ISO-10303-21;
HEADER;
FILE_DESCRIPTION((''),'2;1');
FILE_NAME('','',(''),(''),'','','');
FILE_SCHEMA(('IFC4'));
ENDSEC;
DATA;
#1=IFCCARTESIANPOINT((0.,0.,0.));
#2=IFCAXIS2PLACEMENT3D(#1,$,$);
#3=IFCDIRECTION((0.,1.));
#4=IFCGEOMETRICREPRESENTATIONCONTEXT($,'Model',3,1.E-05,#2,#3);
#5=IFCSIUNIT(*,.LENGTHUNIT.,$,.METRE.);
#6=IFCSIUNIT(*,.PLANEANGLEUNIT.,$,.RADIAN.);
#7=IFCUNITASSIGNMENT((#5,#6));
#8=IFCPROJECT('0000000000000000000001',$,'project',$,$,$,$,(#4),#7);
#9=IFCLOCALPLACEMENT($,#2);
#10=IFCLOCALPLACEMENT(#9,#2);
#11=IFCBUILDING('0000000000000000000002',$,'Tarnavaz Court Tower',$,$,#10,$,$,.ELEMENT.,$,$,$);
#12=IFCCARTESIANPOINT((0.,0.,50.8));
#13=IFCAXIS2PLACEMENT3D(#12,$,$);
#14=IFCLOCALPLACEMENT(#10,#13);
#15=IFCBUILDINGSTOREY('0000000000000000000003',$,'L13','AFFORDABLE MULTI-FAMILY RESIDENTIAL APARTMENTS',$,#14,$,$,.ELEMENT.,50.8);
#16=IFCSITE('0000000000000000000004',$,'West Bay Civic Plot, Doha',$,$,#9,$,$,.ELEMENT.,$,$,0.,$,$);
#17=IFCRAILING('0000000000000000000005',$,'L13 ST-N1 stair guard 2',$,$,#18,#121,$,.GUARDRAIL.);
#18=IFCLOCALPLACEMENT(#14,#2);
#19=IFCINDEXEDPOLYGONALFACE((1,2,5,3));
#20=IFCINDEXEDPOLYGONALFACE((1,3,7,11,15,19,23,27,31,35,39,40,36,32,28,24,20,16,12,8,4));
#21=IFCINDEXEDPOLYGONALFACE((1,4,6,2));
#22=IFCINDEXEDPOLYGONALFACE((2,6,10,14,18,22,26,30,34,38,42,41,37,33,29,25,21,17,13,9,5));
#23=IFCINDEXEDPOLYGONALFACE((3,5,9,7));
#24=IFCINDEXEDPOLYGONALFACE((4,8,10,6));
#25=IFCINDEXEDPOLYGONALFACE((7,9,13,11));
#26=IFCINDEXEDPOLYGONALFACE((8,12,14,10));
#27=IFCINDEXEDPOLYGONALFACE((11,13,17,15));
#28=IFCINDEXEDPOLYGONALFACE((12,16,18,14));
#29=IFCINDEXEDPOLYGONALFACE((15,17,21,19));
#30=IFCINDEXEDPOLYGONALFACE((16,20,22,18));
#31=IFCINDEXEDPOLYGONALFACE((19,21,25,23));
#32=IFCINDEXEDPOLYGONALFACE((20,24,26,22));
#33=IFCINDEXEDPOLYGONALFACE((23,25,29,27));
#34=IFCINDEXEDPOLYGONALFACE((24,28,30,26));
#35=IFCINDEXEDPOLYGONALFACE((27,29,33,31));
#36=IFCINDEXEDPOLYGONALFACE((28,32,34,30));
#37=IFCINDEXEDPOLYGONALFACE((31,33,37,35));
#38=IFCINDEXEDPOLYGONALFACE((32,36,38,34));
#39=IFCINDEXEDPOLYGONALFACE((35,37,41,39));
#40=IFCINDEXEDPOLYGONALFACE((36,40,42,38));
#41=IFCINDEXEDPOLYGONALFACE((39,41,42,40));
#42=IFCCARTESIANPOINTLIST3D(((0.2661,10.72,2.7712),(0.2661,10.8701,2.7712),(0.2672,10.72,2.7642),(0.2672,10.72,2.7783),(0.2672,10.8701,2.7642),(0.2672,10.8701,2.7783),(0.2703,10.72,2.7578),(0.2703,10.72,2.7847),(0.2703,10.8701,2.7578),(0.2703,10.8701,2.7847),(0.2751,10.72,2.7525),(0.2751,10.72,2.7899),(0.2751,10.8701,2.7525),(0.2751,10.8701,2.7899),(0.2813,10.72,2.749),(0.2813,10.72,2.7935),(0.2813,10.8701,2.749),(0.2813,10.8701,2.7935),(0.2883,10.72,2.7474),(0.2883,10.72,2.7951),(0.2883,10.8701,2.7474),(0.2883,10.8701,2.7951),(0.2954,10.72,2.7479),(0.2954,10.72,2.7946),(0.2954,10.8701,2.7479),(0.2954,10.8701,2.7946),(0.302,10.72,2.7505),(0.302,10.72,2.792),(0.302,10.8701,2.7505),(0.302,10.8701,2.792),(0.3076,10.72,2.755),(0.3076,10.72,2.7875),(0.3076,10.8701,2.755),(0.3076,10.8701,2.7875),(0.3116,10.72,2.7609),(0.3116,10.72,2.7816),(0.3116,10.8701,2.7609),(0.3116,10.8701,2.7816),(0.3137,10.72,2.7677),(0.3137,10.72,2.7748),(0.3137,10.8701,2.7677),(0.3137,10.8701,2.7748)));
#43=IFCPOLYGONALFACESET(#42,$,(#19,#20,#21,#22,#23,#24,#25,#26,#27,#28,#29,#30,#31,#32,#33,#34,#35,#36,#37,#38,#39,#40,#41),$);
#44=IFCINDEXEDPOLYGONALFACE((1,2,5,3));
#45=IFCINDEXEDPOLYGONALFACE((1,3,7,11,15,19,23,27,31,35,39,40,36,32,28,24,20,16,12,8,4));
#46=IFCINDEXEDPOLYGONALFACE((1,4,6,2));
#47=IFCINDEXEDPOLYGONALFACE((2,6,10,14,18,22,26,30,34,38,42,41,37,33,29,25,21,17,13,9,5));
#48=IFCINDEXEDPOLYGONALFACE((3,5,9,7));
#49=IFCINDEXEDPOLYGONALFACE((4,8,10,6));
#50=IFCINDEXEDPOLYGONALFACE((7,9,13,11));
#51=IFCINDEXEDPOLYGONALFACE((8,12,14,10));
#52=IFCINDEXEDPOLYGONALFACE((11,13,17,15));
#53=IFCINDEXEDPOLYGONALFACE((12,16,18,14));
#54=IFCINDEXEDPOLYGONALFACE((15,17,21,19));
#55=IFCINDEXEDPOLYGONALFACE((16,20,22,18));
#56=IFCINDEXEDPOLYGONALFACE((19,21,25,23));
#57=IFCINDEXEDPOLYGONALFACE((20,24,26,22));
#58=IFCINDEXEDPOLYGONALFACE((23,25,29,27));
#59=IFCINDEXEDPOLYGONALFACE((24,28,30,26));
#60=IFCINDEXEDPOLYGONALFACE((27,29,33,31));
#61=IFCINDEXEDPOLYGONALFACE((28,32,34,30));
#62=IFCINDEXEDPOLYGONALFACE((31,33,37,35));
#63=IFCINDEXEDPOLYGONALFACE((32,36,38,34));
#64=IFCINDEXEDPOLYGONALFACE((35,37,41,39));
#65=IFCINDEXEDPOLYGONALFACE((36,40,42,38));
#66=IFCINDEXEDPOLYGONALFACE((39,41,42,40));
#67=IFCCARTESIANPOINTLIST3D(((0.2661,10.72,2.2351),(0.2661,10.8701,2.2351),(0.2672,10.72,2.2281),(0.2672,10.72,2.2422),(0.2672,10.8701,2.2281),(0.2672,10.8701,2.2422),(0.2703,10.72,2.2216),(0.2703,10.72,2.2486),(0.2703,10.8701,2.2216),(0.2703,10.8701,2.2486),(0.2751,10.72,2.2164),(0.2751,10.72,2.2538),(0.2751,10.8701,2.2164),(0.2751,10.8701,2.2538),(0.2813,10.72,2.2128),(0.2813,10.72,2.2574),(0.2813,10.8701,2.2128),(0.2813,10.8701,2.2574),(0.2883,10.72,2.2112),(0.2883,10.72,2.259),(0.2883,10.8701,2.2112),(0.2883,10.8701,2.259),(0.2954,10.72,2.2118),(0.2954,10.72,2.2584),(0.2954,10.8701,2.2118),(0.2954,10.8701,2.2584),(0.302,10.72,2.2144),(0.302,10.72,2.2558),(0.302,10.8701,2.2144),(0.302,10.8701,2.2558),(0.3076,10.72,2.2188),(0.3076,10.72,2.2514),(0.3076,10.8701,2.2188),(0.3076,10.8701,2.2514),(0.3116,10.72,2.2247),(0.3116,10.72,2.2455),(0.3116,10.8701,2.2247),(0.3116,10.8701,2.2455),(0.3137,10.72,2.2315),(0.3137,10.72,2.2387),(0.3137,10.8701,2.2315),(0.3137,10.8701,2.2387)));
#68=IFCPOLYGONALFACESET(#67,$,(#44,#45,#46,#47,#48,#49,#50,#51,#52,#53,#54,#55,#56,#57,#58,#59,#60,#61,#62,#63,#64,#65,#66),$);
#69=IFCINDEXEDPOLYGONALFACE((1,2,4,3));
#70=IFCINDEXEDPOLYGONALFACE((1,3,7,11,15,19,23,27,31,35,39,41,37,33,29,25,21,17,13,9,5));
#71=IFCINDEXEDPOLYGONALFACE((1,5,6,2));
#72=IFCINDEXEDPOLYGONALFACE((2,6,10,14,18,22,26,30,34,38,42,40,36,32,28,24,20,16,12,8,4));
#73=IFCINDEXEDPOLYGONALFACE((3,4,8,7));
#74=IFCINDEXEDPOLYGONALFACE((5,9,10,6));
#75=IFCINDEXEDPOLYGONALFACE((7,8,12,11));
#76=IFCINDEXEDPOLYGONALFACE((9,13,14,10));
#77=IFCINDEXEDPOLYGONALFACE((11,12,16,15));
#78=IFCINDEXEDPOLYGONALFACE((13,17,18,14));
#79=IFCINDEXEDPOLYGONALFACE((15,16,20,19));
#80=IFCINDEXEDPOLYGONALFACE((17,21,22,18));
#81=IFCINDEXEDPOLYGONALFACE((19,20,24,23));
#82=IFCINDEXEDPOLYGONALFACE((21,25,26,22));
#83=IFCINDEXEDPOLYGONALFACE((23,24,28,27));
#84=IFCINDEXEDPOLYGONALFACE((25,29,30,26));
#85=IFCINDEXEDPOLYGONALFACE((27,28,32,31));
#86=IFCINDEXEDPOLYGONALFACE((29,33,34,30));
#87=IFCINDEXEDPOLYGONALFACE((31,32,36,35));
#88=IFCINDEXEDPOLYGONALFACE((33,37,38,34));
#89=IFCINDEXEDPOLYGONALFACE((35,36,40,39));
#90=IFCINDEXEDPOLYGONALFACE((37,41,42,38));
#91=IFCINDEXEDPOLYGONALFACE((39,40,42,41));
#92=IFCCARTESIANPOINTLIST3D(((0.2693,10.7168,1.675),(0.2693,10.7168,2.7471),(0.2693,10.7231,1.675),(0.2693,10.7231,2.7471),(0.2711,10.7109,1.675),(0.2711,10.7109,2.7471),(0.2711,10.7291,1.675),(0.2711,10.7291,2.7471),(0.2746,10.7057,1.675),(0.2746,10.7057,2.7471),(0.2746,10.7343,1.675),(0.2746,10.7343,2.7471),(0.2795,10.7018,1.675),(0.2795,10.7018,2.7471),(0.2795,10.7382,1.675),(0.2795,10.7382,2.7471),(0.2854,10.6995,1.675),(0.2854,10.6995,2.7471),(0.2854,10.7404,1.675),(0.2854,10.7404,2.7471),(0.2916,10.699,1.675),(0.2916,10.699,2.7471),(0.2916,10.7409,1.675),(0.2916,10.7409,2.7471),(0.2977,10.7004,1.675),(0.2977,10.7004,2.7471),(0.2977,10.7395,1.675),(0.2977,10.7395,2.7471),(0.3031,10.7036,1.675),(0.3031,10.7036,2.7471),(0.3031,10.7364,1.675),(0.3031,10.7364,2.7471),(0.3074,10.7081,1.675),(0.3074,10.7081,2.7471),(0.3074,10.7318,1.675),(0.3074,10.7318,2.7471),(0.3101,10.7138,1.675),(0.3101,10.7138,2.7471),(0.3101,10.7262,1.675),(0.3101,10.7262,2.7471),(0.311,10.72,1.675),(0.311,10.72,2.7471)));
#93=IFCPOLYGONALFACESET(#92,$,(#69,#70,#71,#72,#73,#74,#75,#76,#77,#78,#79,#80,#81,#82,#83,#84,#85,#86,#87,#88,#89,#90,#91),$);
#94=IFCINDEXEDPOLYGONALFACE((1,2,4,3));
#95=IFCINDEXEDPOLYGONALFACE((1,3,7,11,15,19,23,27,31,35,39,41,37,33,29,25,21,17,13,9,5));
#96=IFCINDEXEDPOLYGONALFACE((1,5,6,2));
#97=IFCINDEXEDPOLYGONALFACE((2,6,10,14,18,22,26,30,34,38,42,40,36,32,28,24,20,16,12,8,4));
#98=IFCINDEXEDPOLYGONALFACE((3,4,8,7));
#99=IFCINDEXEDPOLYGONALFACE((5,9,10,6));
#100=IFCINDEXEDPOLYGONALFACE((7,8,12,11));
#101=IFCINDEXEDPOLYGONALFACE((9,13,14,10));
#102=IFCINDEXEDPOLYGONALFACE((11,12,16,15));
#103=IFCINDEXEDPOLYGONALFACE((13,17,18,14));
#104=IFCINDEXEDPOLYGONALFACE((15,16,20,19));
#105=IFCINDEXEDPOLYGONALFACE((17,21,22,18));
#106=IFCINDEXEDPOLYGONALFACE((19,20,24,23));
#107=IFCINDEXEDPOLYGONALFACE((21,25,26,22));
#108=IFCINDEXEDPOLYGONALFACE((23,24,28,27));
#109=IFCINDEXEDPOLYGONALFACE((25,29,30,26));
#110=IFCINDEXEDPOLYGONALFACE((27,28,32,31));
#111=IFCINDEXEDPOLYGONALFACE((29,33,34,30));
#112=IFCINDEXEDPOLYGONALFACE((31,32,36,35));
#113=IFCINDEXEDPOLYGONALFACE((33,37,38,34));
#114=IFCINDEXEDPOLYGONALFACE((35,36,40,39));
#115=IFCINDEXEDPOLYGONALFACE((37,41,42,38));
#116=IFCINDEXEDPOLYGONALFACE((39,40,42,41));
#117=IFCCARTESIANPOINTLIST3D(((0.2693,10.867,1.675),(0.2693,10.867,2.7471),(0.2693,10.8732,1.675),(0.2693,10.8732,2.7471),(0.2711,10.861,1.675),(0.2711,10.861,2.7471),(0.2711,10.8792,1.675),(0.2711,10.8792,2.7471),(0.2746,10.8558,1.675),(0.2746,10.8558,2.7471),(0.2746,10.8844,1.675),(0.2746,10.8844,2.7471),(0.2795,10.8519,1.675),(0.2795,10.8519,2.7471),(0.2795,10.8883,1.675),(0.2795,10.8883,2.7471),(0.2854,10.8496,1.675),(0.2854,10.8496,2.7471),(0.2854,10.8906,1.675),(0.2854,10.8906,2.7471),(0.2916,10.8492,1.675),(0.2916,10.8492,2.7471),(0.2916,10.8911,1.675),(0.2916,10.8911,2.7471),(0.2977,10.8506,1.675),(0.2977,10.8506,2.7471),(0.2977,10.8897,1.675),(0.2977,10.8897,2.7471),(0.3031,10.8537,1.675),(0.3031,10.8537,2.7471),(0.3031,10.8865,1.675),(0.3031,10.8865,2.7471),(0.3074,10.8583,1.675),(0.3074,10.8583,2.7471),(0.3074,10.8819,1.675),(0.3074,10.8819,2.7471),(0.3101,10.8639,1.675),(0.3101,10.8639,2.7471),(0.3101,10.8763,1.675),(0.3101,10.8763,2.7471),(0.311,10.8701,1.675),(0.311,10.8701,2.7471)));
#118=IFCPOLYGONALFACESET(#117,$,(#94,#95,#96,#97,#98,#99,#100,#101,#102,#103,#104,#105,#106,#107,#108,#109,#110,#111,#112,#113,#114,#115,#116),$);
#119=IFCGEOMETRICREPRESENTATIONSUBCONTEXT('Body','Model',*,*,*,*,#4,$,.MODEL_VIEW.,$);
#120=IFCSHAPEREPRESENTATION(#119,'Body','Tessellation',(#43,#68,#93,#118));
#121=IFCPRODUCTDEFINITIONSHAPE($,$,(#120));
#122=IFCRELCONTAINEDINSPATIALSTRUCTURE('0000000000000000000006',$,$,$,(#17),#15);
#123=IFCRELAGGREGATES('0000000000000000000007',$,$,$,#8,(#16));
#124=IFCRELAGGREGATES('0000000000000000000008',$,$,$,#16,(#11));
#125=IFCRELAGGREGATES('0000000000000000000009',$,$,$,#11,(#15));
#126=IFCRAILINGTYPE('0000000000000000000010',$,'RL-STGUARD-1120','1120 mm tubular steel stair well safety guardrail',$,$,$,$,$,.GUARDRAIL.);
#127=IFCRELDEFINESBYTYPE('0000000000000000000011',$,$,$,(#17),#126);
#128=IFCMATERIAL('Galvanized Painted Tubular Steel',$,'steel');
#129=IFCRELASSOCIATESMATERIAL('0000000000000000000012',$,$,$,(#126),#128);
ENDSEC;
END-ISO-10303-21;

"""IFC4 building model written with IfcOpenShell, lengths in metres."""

from ifc_helpers import new_model, si_unit, direction, frame, origin, origin_2d, place, context, subcontext, project, spatial, circle, extrude, material, type_object, element, save


model = new_model("IFC4")

# Units and contexts
model_context = context("Model", 3, precision=1e-05, world=origin(), true_north=direction((0.0, 1.0)))
body_context = subcontext(model_context, "Body", "Model", "MODEL_VIEW")
ifc_project = project(units=[si_unit("LENGTHUNIT", "METRE"), si_unit("PLANEANGLEUNIT", "RADIAN")], contexts=[model_context])

# Site, building, storey
site_placement = place(None, origin())
site = spatial("IfcSite", under=ifc_project, at=site_placement, Name="West Bay Civic Plot, Doha", CompositionType="ELEMENT", RefElevation=0.0)
building_placement = place(site_placement, origin())
building = spatial("IfcBuilding", under=site, at=building_placement, Name="Tarnavaz Court Tower", CompositionType="ELEMENT")
storey_placement = place(building_placement, frame((0.0, 0.0, 50.8)))
storey = spatial("IfcBuildingStorey", under=building, at=storey_placement, Name="L13", Description="AFFORDABLE MULTI-FAMILY RESIDENTIAL APARTMENTS", CompositionType="ELEMENT", Elevation=50.8)

# Railing
ifc_material_1 = material(Name="Galvanized Painted Tubular Steel", Category="steel")
railing_type_1 = type_object("IfcRailingType", Name="RL-STGUARD-1120", Description="1120 mm tubular steel stair well safety guardrail", PredefinedType="GUARDRAIL", material=ifc_material_1)
railing_1_placement = place(storey_placement, frame((0.29, 10.72, 1.675)))
element("IfcRailing", 1, at=railing_1_placement, inside=storey, type_object=railing_type_1, Name="L13 ST-N1 stair guard 2", PredefinedType="GUARDRAIL", context=body_context, shape_type="SweptSolid", body=[
    extrude(circle(Radius=0.0239, at=origin_2d()), frame((0.0, 0.0, 1.0962), z_axis=(0.0, 1.0, 0.0), x_axis=(-1.0, 0.0, 0.0)), (0.0, 0.0, 1.0), 0.1501),
    extrude(circle(Radius=0.0239, at=origin_2d()), frame((0.0, 0.0, 0.5601), z_axis=(0.0, 1.0, 0.0), x_axis=(-1.0, 0.0, 0.0)), (0.0, 0.0, 1.0), 0.1501),
    extrude(circle(Radius=0.021, at=origin_2d()), origin(), (0.0, 0.0, 1.0), 1.072),
    extrude(circle(Radius=0.021, at=origin_2d()), frame((0.0, 0.1501, 0.0)), (0.0, 0.0, 1.0), 1.072),
])

save(model, "model.ifc")
